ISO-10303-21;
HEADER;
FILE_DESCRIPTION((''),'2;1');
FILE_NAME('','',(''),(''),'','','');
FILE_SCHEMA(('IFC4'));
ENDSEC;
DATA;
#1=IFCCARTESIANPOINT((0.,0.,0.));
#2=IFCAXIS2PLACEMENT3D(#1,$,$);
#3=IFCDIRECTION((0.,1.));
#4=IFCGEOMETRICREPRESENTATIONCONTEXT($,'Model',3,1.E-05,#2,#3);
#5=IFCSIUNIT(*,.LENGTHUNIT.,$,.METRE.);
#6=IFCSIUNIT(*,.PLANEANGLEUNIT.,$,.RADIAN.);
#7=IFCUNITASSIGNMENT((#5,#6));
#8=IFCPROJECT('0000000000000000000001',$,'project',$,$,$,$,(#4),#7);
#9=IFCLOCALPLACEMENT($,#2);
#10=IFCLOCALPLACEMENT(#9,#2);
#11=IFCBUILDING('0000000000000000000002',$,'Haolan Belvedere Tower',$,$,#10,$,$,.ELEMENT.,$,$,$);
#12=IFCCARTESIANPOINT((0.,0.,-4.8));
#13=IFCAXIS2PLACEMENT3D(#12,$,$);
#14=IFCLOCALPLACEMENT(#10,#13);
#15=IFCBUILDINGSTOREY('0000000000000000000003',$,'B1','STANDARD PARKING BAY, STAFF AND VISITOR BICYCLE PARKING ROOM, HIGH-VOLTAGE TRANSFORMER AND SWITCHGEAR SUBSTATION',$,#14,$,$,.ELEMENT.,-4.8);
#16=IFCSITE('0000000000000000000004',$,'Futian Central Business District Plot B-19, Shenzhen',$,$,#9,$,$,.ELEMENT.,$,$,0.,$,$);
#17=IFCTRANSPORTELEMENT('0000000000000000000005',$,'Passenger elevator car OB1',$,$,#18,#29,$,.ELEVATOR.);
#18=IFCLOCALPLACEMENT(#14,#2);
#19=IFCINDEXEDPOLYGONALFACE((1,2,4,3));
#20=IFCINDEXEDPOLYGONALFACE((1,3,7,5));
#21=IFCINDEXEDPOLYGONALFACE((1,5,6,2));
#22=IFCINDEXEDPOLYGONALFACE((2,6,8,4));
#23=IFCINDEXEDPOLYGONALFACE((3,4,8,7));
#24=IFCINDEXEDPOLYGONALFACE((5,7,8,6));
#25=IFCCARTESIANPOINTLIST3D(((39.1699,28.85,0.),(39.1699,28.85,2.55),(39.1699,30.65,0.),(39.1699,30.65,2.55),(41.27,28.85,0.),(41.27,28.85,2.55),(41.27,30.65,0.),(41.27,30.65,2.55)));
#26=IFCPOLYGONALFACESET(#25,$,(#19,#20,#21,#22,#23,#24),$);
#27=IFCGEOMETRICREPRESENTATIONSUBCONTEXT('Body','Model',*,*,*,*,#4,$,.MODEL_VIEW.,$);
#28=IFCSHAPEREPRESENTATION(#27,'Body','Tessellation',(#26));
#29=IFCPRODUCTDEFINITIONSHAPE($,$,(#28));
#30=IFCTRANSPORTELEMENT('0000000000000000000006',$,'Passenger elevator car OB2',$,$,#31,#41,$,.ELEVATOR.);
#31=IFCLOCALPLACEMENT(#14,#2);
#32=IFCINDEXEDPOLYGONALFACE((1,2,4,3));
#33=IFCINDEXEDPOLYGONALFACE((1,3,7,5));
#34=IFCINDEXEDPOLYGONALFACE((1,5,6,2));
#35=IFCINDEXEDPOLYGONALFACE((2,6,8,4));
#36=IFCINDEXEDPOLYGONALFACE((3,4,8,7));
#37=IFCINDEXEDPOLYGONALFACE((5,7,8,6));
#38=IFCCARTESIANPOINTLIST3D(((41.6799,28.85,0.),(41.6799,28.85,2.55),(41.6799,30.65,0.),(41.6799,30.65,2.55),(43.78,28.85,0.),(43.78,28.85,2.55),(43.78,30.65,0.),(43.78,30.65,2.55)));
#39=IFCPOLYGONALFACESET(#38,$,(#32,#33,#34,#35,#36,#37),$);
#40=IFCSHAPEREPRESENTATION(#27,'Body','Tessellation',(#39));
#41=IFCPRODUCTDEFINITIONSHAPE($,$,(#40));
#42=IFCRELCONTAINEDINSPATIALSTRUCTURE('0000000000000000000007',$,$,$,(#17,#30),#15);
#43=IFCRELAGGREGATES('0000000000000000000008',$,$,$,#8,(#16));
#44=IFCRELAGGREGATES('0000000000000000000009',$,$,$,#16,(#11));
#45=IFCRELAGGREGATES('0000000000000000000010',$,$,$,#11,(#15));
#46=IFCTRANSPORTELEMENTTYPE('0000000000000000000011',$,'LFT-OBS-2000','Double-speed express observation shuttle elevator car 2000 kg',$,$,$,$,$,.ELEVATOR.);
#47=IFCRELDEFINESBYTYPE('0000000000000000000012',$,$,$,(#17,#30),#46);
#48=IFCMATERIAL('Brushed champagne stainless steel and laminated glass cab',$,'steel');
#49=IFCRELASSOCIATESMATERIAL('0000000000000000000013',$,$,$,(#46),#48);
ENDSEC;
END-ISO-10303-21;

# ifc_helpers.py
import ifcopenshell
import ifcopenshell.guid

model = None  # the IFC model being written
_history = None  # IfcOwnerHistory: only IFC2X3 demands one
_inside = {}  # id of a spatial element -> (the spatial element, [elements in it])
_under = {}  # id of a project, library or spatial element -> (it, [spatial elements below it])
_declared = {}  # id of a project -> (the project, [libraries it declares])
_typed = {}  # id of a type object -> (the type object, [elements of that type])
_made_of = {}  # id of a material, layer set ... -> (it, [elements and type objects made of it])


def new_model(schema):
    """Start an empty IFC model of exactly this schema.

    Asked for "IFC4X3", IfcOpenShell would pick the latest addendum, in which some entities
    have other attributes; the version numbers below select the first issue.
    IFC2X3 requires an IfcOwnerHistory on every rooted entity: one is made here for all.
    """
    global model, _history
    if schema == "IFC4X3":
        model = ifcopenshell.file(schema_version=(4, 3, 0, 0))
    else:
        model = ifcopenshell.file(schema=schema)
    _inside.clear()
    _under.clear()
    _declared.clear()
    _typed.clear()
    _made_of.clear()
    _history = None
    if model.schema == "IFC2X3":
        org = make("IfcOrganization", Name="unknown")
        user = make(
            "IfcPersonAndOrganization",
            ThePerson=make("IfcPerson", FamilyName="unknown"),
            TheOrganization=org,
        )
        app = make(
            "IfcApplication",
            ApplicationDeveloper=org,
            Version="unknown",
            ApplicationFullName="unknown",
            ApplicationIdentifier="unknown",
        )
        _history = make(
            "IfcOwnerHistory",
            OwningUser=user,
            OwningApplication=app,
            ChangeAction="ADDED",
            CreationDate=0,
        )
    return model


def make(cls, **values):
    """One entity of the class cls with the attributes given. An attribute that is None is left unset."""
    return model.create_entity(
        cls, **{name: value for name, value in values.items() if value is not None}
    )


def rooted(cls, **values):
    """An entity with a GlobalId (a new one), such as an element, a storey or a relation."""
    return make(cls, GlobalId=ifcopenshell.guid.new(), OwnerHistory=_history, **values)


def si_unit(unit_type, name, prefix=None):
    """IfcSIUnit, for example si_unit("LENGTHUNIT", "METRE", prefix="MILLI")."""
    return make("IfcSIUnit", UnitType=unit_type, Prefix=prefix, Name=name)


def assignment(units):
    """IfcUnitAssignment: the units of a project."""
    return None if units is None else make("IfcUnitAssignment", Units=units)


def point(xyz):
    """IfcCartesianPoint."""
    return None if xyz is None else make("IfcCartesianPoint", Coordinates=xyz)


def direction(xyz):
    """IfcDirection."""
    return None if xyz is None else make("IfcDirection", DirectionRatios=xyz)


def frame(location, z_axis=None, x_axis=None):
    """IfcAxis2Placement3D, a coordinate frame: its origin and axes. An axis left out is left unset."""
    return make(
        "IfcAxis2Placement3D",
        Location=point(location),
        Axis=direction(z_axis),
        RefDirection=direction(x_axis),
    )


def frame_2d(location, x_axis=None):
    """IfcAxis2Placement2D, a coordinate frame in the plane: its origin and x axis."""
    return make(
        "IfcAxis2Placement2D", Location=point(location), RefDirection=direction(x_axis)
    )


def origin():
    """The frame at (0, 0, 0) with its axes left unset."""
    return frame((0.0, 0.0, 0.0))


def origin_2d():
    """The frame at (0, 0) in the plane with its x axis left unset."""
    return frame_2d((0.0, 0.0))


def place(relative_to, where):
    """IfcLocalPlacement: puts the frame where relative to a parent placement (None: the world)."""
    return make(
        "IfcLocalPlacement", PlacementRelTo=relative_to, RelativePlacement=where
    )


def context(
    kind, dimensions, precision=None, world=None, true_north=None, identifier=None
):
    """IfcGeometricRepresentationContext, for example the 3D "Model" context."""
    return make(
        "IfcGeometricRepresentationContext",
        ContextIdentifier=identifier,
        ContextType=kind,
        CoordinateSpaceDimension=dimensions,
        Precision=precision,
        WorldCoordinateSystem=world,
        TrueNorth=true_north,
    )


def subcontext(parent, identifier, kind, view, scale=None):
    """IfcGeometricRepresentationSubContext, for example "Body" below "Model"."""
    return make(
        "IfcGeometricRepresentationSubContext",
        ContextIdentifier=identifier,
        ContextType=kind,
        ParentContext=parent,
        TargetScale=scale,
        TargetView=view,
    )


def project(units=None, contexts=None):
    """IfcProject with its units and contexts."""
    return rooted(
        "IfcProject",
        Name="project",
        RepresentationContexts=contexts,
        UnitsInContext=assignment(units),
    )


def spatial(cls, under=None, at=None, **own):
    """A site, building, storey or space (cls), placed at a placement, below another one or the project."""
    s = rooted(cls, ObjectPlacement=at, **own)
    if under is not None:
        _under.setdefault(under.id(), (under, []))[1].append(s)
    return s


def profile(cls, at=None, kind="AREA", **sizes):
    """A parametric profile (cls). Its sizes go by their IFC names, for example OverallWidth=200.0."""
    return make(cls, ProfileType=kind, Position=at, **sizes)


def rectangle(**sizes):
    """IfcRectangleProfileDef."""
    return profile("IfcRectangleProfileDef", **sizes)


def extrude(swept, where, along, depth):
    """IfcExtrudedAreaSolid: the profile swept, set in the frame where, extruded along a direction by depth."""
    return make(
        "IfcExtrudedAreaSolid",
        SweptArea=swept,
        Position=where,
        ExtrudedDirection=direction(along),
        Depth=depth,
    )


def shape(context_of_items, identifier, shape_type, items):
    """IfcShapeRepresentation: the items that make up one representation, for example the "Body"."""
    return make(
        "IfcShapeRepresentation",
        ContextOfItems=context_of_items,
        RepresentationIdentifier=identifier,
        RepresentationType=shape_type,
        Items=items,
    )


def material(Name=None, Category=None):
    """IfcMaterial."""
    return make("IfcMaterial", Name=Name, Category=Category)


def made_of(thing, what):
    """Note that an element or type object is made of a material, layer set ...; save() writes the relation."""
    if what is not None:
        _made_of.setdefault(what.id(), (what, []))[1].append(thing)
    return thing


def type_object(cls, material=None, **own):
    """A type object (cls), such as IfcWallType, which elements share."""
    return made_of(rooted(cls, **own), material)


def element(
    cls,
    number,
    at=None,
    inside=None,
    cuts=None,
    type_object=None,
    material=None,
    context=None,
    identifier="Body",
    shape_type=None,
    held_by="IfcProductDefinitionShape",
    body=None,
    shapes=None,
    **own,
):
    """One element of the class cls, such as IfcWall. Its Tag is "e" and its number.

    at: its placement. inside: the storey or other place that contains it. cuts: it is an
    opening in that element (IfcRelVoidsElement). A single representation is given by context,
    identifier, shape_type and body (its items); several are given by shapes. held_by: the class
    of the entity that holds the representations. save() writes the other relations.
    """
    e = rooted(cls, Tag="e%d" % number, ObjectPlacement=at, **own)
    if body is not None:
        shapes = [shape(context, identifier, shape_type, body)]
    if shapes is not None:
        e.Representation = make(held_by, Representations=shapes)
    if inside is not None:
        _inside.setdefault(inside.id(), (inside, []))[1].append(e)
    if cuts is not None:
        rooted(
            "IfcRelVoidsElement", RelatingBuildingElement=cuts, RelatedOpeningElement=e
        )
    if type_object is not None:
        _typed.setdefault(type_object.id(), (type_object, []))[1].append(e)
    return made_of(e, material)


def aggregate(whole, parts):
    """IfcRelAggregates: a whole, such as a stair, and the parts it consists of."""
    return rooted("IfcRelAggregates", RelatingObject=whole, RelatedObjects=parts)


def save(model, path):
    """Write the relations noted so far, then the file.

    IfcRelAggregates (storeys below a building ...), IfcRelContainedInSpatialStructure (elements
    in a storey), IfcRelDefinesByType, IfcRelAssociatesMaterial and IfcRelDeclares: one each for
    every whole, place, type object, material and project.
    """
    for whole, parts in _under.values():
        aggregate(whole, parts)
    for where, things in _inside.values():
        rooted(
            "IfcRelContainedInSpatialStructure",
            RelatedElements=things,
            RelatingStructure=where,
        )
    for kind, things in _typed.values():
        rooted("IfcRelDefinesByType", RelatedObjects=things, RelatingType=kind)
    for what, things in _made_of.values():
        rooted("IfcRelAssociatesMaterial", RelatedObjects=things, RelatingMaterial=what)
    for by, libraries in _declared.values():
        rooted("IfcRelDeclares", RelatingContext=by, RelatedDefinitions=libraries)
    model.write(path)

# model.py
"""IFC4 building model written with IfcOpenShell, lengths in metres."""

from ifc_helpers import new_model, si_unit, direction, frame, origin, origin_2d, place, context, subcontext, project, spatial, rectangle, extrude, material, type_object, element, save


model = new_model("IFC4")

# Units and contexts
model_context = context("Model", 3, precision=1e-05, world=origin(), true_north=direction((0.0, 1.0)))
body_context = subcontext(model_context, "Body", "Model", "MODEL_VIEW")
ifc_project = project(units=[si_unit("LENGTHUNIT", "METRE"), si_unit("PLANEANGLEUNIT", "RADIAN")], contexts=[model_context])

# Site, building, storey
site_placement = place(None, origin())
site = spatial("IfcSite", under=ifc_project, at=site_placement, Name="Futian Central Business District Plot B-19, Shenzhen", CompositionType="ELEMENT", RefElevation=0.0)
building_placement = place(site_placement, origin())
building = spatial("IfcBuilding", under=site, at=building_placement, Name="Haolan Belvedere Tower", CompositionType="ELEMENT")
storey_placement = place(building_placement, frame((0.0, 0.0, -4.8)))
storey = spatial("IfcBuildingStorey", under=building, at=storey_placement, Name="B1", Description="STANDARD PARKING BAY, STAFF AND VISITOR BICYCLE PARKING ROOM, HIGH-VOLTAGE TRANSFORMER AND SWITCHGEAR SUBSTATION", CompositionType="ELEMENT", Elevation=-4.8)

# Transport elements
ifc_material_1 = material(Name="Brushed champagne stainless steel and laminated glass cab", Category="steel")
transport_element_type = type_object("IfcTransportElementType", Name="LFT-OBS-2000", Description="Double-speed express observation shuttle elevator car 2000 kg", PredefinedType="ELEVATOR", material=ifc_material_1)
for number, where, z_axis, x_axis, name in (
    (1, (40.22, 29.75, 0.0), (0.0, 0.0, 1.0), (1.0, 0.0, 0.0), "Passenger elevator car OB1"),
    (2, (42.73, 29.75, 0.0), (0.0, 0.0, 1.0), (1.0, 0.0, 0.0), "Passenger elevator car OB2"),
):
    element("IfcTransportElement", number, at=place(storey_placement, frame(where, z_axis=z_axis, x_axis=x_axis)), inside=storey, type_object=transport_element_type, Name=name, PredefinedType="ELEVATOR", context=body_context, shape_type="SweptSolid", body=[
        extrude(rectangle(XDim=2.1001, YDim=1.8, at=origin_2d()), origin(), (0.0, 0.0, 1.0), 2.55),
    ])

save(model, "model.ifc")
